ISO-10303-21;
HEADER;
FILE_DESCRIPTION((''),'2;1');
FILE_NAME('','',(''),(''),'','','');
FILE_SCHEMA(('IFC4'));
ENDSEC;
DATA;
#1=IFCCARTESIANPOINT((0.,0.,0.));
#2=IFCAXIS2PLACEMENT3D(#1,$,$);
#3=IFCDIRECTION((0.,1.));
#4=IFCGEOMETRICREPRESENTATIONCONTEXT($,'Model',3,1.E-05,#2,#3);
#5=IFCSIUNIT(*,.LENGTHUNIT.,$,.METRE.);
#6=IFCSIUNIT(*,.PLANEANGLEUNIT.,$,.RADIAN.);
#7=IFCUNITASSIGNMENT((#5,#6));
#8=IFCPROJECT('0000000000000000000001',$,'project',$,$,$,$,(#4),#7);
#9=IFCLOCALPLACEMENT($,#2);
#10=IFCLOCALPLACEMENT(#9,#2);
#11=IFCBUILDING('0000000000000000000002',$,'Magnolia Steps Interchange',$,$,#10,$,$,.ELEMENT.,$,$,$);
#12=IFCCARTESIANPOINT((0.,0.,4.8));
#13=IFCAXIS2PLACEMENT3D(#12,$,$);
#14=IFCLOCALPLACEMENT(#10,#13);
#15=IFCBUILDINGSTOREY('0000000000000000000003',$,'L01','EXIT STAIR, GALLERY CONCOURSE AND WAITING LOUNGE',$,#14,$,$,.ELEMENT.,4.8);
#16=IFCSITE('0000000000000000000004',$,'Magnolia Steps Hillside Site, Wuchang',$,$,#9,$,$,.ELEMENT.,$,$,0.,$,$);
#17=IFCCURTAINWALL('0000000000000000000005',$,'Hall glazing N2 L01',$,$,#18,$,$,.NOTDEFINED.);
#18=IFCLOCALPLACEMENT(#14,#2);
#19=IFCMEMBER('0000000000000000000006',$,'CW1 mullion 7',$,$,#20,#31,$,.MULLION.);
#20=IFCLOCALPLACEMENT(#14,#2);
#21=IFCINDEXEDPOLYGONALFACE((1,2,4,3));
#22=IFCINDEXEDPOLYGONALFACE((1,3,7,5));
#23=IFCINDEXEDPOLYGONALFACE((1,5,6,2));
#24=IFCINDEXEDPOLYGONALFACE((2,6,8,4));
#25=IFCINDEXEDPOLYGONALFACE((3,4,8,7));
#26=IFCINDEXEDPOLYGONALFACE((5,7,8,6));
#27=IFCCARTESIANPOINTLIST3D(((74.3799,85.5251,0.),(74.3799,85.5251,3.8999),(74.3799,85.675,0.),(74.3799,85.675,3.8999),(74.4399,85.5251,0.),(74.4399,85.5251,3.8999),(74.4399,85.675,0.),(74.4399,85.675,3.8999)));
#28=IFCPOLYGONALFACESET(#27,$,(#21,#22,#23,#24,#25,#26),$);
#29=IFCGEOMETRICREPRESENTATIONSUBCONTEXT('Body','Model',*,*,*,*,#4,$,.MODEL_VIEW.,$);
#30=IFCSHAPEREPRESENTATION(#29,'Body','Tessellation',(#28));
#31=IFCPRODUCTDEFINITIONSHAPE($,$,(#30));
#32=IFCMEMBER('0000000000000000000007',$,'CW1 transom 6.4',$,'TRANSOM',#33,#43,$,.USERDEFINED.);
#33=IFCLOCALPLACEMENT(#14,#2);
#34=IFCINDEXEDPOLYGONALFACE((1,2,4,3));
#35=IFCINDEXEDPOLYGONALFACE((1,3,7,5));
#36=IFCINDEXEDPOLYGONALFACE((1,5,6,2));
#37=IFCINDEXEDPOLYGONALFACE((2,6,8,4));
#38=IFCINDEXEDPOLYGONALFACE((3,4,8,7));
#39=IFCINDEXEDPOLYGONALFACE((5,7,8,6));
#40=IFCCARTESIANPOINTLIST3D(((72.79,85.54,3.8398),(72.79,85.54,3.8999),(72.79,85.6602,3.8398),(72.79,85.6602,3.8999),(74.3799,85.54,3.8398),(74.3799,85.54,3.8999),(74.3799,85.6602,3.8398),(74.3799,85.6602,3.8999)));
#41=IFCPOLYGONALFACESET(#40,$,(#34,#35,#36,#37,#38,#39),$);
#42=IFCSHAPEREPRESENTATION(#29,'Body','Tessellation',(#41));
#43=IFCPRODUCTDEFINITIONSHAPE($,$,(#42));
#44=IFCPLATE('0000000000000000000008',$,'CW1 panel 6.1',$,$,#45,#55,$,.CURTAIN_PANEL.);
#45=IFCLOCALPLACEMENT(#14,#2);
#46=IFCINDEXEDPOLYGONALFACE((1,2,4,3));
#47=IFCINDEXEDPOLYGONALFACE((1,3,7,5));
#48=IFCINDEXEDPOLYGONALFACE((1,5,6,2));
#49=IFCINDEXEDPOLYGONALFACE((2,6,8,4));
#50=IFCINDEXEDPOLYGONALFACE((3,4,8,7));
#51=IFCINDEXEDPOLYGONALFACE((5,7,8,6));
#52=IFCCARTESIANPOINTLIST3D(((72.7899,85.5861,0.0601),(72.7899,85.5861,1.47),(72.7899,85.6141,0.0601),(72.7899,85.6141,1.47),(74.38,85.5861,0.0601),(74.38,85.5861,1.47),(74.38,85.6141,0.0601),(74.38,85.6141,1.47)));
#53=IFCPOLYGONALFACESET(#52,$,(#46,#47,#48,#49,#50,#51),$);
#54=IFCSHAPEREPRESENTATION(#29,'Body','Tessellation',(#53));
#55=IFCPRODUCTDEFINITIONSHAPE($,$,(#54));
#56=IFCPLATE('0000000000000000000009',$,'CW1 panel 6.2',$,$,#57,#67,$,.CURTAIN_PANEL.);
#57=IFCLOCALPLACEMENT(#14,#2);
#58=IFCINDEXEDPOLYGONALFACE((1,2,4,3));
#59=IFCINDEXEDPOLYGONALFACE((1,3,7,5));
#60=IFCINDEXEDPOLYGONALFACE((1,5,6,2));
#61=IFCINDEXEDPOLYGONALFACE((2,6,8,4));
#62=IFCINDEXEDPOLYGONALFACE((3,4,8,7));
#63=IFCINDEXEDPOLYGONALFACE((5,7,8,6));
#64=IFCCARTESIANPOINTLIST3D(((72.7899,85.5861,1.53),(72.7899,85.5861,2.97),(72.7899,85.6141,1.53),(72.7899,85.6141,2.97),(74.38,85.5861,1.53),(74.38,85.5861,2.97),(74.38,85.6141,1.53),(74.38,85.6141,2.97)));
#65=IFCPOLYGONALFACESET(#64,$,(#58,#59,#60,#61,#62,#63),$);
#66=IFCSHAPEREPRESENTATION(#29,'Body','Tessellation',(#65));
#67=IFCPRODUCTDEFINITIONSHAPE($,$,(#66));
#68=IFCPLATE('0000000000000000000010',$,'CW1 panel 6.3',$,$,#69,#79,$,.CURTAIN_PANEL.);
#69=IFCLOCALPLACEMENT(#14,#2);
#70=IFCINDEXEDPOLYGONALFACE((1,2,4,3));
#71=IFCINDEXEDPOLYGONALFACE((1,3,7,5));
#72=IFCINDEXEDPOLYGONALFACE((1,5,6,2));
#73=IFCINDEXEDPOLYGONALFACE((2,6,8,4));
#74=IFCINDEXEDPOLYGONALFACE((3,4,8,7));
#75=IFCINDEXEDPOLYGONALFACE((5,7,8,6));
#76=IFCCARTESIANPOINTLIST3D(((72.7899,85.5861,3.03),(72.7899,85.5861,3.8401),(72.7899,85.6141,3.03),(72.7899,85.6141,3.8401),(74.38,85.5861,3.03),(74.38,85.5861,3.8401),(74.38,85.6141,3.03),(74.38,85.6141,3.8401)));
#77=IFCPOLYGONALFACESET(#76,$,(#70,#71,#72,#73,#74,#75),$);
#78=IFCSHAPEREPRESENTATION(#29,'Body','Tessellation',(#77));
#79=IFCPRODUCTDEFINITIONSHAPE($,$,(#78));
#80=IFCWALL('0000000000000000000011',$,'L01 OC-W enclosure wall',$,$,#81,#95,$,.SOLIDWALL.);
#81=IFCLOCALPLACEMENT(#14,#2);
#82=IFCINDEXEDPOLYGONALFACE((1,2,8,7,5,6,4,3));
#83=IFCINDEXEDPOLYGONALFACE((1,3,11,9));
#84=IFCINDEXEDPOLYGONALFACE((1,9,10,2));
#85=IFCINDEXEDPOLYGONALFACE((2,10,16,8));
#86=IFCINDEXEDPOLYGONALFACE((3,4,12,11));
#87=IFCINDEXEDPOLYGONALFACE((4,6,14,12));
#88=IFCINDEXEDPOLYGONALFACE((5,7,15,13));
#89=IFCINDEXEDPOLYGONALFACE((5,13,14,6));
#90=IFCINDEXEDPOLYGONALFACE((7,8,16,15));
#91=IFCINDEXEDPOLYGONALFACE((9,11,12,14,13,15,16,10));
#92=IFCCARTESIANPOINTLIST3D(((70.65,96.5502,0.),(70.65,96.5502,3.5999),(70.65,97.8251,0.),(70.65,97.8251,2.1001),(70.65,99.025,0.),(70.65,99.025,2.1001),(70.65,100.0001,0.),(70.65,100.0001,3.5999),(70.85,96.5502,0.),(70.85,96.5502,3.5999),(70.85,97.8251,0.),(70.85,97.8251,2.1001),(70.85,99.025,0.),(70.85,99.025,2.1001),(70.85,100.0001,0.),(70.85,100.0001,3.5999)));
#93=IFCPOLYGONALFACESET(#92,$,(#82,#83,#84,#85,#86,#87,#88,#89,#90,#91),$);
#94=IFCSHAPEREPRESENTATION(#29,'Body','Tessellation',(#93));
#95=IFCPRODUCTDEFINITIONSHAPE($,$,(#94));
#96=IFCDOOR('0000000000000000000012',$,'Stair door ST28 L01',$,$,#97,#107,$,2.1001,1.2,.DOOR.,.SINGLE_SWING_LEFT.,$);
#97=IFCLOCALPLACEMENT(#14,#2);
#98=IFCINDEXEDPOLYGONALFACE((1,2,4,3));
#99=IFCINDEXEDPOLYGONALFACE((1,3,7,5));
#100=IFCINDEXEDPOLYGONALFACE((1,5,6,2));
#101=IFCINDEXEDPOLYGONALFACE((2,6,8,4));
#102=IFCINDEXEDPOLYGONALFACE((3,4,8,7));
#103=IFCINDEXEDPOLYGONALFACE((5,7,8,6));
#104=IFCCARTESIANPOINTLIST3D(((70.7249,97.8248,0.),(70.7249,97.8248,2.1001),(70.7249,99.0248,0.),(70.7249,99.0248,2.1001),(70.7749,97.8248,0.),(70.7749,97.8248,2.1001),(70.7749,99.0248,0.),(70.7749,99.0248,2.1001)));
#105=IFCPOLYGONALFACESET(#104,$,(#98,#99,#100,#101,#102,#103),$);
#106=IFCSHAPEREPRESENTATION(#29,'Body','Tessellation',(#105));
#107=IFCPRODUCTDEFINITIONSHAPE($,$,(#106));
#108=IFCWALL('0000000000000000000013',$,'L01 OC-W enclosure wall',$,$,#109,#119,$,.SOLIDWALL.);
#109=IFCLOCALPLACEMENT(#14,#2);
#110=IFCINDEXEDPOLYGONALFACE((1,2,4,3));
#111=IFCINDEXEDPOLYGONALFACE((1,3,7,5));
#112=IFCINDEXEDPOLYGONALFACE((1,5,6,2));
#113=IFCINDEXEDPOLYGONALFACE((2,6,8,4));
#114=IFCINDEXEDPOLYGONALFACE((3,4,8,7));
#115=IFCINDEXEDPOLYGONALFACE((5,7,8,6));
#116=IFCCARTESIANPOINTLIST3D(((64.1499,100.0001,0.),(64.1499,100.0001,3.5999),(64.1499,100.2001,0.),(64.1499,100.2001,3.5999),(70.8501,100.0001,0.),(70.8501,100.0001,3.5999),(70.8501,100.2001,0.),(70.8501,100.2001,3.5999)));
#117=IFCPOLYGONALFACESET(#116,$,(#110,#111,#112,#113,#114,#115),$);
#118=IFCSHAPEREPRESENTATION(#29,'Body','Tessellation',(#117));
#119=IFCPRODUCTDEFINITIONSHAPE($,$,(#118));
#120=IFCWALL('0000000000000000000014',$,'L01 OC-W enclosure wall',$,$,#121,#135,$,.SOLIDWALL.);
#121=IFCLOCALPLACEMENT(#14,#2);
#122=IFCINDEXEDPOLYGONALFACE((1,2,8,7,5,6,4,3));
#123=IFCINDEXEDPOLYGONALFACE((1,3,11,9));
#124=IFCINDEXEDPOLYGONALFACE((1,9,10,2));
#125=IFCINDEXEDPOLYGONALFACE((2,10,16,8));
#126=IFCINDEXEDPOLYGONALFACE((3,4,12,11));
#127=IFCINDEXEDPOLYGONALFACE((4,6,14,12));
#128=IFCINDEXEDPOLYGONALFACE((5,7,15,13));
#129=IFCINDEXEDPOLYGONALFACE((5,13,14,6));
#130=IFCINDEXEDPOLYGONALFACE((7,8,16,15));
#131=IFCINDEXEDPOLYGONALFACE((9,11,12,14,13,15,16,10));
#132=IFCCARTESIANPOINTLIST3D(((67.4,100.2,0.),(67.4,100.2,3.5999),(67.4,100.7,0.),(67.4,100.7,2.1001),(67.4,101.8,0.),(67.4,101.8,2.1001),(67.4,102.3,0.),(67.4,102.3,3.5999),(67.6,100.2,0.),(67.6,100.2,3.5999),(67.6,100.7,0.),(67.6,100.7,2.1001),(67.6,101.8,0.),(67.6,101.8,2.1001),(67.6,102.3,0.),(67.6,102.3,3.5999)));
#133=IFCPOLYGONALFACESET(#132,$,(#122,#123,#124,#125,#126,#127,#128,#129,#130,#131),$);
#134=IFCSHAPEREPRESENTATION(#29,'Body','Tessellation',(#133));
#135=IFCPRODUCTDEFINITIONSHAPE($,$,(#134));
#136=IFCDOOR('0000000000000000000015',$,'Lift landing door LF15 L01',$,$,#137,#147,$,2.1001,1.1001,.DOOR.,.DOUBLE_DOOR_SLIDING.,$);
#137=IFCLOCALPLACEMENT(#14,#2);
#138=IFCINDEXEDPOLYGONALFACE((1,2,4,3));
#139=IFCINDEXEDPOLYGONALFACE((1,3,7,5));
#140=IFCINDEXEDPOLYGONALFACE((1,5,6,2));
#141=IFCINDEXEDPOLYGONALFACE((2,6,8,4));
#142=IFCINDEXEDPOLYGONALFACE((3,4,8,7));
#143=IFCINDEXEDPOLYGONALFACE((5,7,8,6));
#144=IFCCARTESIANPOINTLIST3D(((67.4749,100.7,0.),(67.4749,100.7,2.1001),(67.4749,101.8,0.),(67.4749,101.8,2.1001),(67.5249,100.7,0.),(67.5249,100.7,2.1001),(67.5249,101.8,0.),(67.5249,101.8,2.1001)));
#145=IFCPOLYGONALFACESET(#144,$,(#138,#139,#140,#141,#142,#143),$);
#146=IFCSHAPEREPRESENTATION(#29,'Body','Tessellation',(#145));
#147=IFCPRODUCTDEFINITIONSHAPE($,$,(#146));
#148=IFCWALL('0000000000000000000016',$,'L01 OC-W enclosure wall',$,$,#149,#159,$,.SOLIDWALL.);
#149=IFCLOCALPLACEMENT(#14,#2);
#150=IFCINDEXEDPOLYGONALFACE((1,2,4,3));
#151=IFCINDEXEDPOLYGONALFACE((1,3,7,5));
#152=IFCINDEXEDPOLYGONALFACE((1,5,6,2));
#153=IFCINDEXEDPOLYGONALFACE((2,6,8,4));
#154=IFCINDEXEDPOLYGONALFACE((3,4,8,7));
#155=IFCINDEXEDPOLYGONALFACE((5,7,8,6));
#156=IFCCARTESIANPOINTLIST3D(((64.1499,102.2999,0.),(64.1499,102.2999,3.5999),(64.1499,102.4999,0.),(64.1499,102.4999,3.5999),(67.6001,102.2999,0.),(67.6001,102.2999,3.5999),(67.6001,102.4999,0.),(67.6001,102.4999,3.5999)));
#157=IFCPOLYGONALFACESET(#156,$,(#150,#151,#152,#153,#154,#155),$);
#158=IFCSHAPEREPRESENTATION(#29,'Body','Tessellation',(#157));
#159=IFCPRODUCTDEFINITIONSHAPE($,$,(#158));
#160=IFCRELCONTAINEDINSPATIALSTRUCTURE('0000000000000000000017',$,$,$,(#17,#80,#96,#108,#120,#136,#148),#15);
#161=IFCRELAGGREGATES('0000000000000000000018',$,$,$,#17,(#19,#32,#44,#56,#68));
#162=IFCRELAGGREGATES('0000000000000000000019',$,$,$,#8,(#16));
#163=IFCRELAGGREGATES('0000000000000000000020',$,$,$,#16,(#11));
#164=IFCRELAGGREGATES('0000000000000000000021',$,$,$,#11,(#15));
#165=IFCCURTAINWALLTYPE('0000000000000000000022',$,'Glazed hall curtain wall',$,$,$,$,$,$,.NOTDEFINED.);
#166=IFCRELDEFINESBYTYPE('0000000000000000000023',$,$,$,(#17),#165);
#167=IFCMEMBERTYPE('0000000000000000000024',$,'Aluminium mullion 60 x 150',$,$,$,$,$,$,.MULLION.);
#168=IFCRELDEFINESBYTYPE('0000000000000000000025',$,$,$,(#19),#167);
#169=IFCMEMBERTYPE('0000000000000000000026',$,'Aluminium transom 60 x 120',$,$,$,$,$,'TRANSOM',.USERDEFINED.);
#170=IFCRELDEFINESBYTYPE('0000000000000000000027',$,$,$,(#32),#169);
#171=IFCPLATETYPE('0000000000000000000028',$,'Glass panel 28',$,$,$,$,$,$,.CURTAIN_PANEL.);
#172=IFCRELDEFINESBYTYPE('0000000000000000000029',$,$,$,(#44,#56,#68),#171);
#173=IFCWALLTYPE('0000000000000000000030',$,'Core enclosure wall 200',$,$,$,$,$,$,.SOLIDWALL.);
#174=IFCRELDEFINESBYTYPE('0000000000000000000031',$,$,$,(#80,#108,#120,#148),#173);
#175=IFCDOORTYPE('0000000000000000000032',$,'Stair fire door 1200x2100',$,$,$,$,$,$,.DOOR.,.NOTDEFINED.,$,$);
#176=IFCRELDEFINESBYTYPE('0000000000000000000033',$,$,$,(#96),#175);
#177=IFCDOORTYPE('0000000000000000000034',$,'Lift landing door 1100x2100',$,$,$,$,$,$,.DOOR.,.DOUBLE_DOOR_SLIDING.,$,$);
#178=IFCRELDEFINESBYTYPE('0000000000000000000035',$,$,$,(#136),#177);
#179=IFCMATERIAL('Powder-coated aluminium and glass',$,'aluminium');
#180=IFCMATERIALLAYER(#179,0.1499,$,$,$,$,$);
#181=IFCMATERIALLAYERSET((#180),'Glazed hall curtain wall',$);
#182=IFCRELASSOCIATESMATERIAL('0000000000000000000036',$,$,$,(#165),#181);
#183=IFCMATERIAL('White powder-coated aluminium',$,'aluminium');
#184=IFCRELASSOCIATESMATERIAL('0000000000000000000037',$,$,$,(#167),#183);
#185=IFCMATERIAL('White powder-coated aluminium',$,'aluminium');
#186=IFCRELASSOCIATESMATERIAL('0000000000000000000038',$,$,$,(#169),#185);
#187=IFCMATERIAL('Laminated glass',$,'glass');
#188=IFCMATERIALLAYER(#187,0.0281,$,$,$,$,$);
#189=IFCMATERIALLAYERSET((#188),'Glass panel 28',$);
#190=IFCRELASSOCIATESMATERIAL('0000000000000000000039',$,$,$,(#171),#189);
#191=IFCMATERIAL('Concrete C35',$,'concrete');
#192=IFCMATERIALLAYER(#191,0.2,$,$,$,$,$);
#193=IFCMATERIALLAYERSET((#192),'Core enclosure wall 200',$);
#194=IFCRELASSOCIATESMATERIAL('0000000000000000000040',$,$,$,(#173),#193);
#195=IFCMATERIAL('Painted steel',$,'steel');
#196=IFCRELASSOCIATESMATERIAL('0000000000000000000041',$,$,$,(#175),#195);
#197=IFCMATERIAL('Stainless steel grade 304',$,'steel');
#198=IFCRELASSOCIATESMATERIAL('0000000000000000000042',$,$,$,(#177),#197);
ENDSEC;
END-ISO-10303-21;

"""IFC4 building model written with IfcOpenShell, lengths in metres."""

from ifc_helpers import new_model, si_unit, direction, frame, frame_2d, origin, origin_2d, place, context, subcontext, project, spatial, rectangle, extrude, material, layer, layer_set, material_profile, profile_set, type_object, element, fill, aggregate, save


model = new_model("IFC4")

# Units and contexts
model_context = context("Model", 3, precision=1e-05, world=origin(), true_north=direction((0.0, 1.0)))
body_context = subcontext(model_context, "Body", "Model", "MODEL_VIEW")
ifc_project = project(units=[si_unit("LENGTHUNIT", "METRE"), si_unit("PLANEANGLEUNIT", "RADIAN")], contexts=[model_context])

# Site, building, storey
site_placement = place(None, origin())
site = spatial("IfcSite", under=ifc_project, at=site_placement, Name="Magnolia Steps Hillside Site, Wuchang", CompositionType="ELEMENT", RefElevation=0.0)
building_placement = place(site_placement, origin())
building = spatial("IfcBuilding", under=site, at=building_placement, Name="Magnolia Steps Interchange", CompositionType="ELEMENT")
storey_placement = place(building_placement, frame((0.0, 0.0, 4.8)))
storey = spatial("IfcBuildingStorey", under=building, at=storey_placement, Name="L01", Description="EXIT STAIR, GALLERY CONCOURSE AND WAITING LOUNGE", CompositionType="ELEMENT", Elevation=4.8)

# Curtain wall, members, plates
ifc_material_1 = material(Name="Powder-coated aluminium and glass", Category="aluminium")
ifc_layer_1 = layer(ifc_material_1, 0.1499)
ifc_layer_set_1 = layer_set([ifc_layer_1], Name="Glazed hall curtain wall")
curtain_wall_type = type_object("IfcCurtainWallType", Name="Glazed hall curtain wall", PredefinedType="NOTDEFINED", material=ifc_layer_set_1)
curtain_wall_placement = place(storey_placement, origin())
curtain_wall = element("IfcCurtainWall", 1, at=curtain_wall_placement, inside=storey, type_object=curtain_wall_type, Name="Hall glazing N2 L01", PredefinedType="NOTDEFINED")
ifc_material_2 = material(Name="White powder-coated aluminium", Category="aluminium")
ifc_material_profile_1 = material_profile(ifc_material_2, rectangle(XDim=0.0601, YDim=0.1499, at=origin_2d()), Name="Aluminium mullion 60 x 150")
ifc_profile_set_1 = profile_set([ifc_material_profile_1], Name="White powder-coated aluminium")
member_type_1 = type_object("IfcMemberType", Name="Aluminium mullion 60 x 150", PredefinedType="MULLION", material=ifc_profile_set_1)
member_1_placement = place(storey_placement, frame((74.4099, 85.6001, 0.0), z_axis=(0.0, 0.0, 1.0), x_axis=(1.0, 0.0, 0.0)))
member_1 = element("IfcMember", 2, at=member_1_placement, type_object=member_type_1, Name="CW1 mullion 7", PredefinedType="MULLION", context=body_context, shape_type="SweptSolid", body=[
    extrude(rectangle(XDim=0.0601, YDim=0.1499, at=origin_2d()), origin(), (0.0, 0.0, 1.0), 3.8999),
])
ifc_material_3 = material(Name="White powder-coated aluminium", Category="aluminium")
ifc_material_profile_2 = material_profile(ifc_material_3, rectangle(XDim=0.0601, YDim=0.1201, at=origin_2d()), Name="Aluminium transom 60 x 120")
ifc_profile_set_2 = profile_set([ifc_material_profile_2], Name="White powder-coated aluminium")
member_type_2 = type_object("IfcMemberType", Name="Aluminium transom 60 x 120", ElementType="TRANSOM", PredefinedType="USERDEFINED", material=ifc_profile_set_2)
member_2_placement = place(storey_placement, frame((72.79, 85.6001, 3.8699), z_axis=(1.0, 0.0, 0.0), x_axis=(0.0, 0.0, 1.0)))
member_2 = element("IfcMember", 3, at=member_2_placement, type_object=member_type_2, Name="CW1 transom 6.4", ObjectType="TRANSOM", PredefinedType="USERDEFINED", context=body_context, shape_type="SweptSolid", body=[
    extrude(rectangle(XDim=0.0601, YDim=0.1201, at=origin_2d()), origin(), (0.0, 0.0, 1.0), 1.5898),
])
ifc_material_4 = material(Name="Laminated glass", Category="glass")
ifc_layer_2 = layer(ifc_material_4, 0.0281)
ifc_layer_set_2 = layer_set([ifc_layer_2], Name="Glass panel 28")
plate_type = type_object("IfcPlateType", Name="Glass panel 28", PredefinedType="CURTAIN_PANEL", material=ifc_layer_set_2)
plate_1_placement = place(storey_placement, frame((73.585, 85.6001, 0.0601), z_axis=(0.0, 0.0, 1.0), x_axis=(1.0, 0.0, 0.0)))
plate_1 = element("IfcPlate", 4, at=plate_1_placement, type_object=plate_type, Name="CW1 panel 6.1", PredefinedType="CURTAIN_PANEL", context=body_context, shape_type="SweptSolid", body=[
    extrude(rectangle(XDim=1.5901, YDim=0.0281, at=origin_2d()), origin(), (0.0, 0.0, 1.0), 1.4099),
])
plate_2_placement = place(storey_placement, frame((73.585, 85.6001, 1.53), z_axis=(0.0, 0.0, 1.0), x_axis=(1.0, 0.0, 0.0)))
plate_2 = element("IfcPlate", 5, at=plate_2_placement, type_object=plate_type, Name="CW1 panel 6.2", PredefinedType="CURTAIN_PANEL", context=body_context, shape_type="SweptSolid", body=[
    extrude(rectangle(XDim=1.5901, YDim=0.0281, at=origin_2d()), origin(), (0.0, 0.0, 1.0), 1.4399),
])
plate_3_placement = place(storey_placement, frame((73.585, 85.6001, 3.03), z_axis=(0.0, 0.0, 1.0), x_axis=(1.0, 0.0, 0.0)))
plate_3 = element("IfcPlate", 6, at=plate_3_placement, type_object=plate_type, Name="CW1 panel 6.3", PredefinedType="CURTAIN_PANEL", context=body_context, shape_type="SweptSolid", body=[
    extrude(rectangle(XDim=1.5901, YDim=0.0281, at=origin_2d()), origin(), (0.0, 0.0, 1.0), 0.8101),
])
aggregate(curtain_wall, [member_1, member_2, plate_1, plate_2, plate_3])

# Wall, opening, door
ifc_material_5 = material(Name="Concrete C35", Category="concrete")
ifc_layer_3 = layer(ifc_material_5, 0.2)
ifc_layer_set_3 = layer_set([ifc_layer_3], Name="Core enclosure wall 200")
wall_type_1 = type_object("IfcWallType", Name="Core enclosure wall 200", PredefinedType="SOLIDWALL", material=ifc_layer_set_3)
wall_1_placement = place(storey_placement, frame((70.75, 96.55, 0.0), z_axis=(0.0, 0.0, 1.0), x_axis=(0.0, 1.0, 0.0)))
wall_1 = element("IfcWall", 7, at=wall_1_placement, inside=storey, type_object=wall_type_1, Name="L01 OC-W enclosure wall", PredefinedType="SOLIDWALL", context=body_context, shape_type="SweptSolid", body=[
    extrude(rectangle(XDim=3.45, YDim=0.2, at=frame_2d((1.7251, 0.0))), origin(), (0.0, 0.0, 1.0), 3.5999),
])
opening_1_placement = place(wall_1_placement, frame((1.2749, 0.0, 0.0)))
opening_1 = element("IfcOpeningElement", 8, at=opening_1_placement, cuts=wall_1, PredefinedType="OPENING", context=body_context, shape_type="SweptSolid", body=[
    extrude(rectangle(XDim=1.2, YDim=2.1001, at=frame_2d((0.6001, 1.05))), frame((0.0, 0.1099, 0.0), z_axis=(0.0, -1.0, 0.0), x_axis=(1.0, 0.0, 0.0)), (0.0, 0.0, 1.0), 0.22),
])
ifc_material_6 = material(Name="Painted steel", Category="steel")
door_type_1 = type_object("IfcDoorType", Name="Stair fire door 1200x2100", OperationType="NOTDEFINED", PredefinedType="DOOR", material=ifc_material_6)
door_1_placement = place(opening_1_placement, frame((1.2, 0.0, 0.0), z_axis=(0.0, 0.0, 1.0), x_axis=(-1.0, 0.0, 0.0)))
door_1 = element("IfcDoor", 9, at=door_1_placement, inside=storey, type_object=door_type_1, Name="Stair door ST28 L01", OperationType="SINGLE_SWING_LEFT", OverallHeight=2.1001, OverallWidth=1.2, PredefinedType="DOOR", context=body_context, shape_type="SweptSolid", body=[
    extrude(rectangle(XDim=1.2, YDim=2.1001, at=frame_2d((0.6001, 1.05))), frame((0.0, 0.0249, 0.0), z_axis=(0.0, -1.0, 0.0), x_axis=(1.0, 0.0, 0.0)), (0.0, 0.0, 1.0), 0.05),
])
fill(opening_1, door_1)

# Wall
wall_2_placement = place(storey_placement, frame((70.8501, 100.1001, 0.0), z_axis=(0.0, 0.0, 1.0), x_axis=(-1.0, 0.0, 0.0)))
element("IfcWall", 10, at=wall_2_placement, inside=storey, type_object=wall_type_1, Name="L01 OC-W enclosure wall", PredefinedType="SOLIDWALL", context=body_context, shape_type="SweptSolid", body=[
    extrude(rectangle(XDim=6.7002, YDim=0.2, at=frame_2d((3.3501, 0.0))), origin(), (0.0, 0.0, 1.0), 3.5999),
])

# Wall, opening, door
wall_3_placement = place(storey_placement, frame((67.5, 100.2, 0.0), z_axis=(0.0, 0.0, 1.0), x_axis=(0.0, 1.0, 0.0)))
wall_3 = element("IfcWall", 11, at=wall_3_placement, inside=storey, type_object=wall_type_1, Name="L01 OC-W enclosure wall", PredefinedType="SOLIDWALL", context=body_context, shape_type="SweptSolid", body=[
    extrude(rectangle(XDim=2.1001, YDim=0.2, at=frame_2d((1.05, 0.0))), origin(), (0.0, 0.0, 1.0), 3.5999),
])
opening_2_placement = place(wall_3_placement, frame((0.5, 0.0, 0.0)))
opening_2 = element("IfcOpeningElement", 12, at=opening_2_placement, cuts=wall_3, PredefinedType="OPENING", context=body_context, shape_type="SweptSolid", body=[
    extrude(rectangle(XDim=1.1001, YDim=2.1001, at=frame_2d((0.55, 1.05))), frame((0.0, 0.1099, 0.0), z_axis=(0.0, -1.0, 0.0), x_axis=(1.0, 0.0, 0.0)), (0.0, 0.0, 1.0), 0.22),
])
ifc_material_7 = material(Name="Stainless steel grade 304", Category="steel")
door_type_2 = type_object("IfcDoorType", Name="Lift landing door 1100x2100", OperationType="DOUBLE_DOOR_SLIDING", PredefinedType="DOOR", material=ifc_material_7)
door_2_placement = place(opening_2_placement, frame((1.1001, 0.0, 0.0), z_axis=(0.0, 0.0, 1.0), x_axis=(-1.0, 0.0, 0.0)))
door_2 = element("IfcDoor", 13, at=door_2_placement, inside=storey, type_object=door_type_2, Name="Lift landing door LF15 L01", OperationType="DOUBLE_DOOR_SLIDING", OverallHeight=2.1001, OverallWidth=1.1001, PredefinedType="DOOR", context=body_context, shape_type="SweptSolid", body=[
    extrude(rectangle(XDim=1.1001, YDim=2.1001, at=frame_2d((0.55, 1.05))), frame((0.0, 0.0249, 0.0), z_axis=(0.0, -1.0, 0.0), x_axis=(1.0, 0.0, 0.0)), (0.0, 0.0, 1.0), 0.05),
])
fill(opening_2, door_2)

# Wall
wall_4_placement = place(storey_placement, frame((67.6001, 102.3999, 0.0), z_axis=(0.0, 0.0, 1.0), x_axis=(-1.0, 0.0, 0.0)))
element("IfcWall", 14, at=wall_4_placement, inside=storey, type_object=wall_type_1, Name="L01 OC-W enclosure wall", PredefinedType="SOLIDWALL", context=body_context, shape_type="SweptSolid", body=[
    extrude(rectangle(XDim=3.4502, YDim=0.2, at=frame_2d((1.7251, 0.0))), origin(), (0.0, 0.0, 1.0), 3.5999),
])

save(model, "model.ifc")
